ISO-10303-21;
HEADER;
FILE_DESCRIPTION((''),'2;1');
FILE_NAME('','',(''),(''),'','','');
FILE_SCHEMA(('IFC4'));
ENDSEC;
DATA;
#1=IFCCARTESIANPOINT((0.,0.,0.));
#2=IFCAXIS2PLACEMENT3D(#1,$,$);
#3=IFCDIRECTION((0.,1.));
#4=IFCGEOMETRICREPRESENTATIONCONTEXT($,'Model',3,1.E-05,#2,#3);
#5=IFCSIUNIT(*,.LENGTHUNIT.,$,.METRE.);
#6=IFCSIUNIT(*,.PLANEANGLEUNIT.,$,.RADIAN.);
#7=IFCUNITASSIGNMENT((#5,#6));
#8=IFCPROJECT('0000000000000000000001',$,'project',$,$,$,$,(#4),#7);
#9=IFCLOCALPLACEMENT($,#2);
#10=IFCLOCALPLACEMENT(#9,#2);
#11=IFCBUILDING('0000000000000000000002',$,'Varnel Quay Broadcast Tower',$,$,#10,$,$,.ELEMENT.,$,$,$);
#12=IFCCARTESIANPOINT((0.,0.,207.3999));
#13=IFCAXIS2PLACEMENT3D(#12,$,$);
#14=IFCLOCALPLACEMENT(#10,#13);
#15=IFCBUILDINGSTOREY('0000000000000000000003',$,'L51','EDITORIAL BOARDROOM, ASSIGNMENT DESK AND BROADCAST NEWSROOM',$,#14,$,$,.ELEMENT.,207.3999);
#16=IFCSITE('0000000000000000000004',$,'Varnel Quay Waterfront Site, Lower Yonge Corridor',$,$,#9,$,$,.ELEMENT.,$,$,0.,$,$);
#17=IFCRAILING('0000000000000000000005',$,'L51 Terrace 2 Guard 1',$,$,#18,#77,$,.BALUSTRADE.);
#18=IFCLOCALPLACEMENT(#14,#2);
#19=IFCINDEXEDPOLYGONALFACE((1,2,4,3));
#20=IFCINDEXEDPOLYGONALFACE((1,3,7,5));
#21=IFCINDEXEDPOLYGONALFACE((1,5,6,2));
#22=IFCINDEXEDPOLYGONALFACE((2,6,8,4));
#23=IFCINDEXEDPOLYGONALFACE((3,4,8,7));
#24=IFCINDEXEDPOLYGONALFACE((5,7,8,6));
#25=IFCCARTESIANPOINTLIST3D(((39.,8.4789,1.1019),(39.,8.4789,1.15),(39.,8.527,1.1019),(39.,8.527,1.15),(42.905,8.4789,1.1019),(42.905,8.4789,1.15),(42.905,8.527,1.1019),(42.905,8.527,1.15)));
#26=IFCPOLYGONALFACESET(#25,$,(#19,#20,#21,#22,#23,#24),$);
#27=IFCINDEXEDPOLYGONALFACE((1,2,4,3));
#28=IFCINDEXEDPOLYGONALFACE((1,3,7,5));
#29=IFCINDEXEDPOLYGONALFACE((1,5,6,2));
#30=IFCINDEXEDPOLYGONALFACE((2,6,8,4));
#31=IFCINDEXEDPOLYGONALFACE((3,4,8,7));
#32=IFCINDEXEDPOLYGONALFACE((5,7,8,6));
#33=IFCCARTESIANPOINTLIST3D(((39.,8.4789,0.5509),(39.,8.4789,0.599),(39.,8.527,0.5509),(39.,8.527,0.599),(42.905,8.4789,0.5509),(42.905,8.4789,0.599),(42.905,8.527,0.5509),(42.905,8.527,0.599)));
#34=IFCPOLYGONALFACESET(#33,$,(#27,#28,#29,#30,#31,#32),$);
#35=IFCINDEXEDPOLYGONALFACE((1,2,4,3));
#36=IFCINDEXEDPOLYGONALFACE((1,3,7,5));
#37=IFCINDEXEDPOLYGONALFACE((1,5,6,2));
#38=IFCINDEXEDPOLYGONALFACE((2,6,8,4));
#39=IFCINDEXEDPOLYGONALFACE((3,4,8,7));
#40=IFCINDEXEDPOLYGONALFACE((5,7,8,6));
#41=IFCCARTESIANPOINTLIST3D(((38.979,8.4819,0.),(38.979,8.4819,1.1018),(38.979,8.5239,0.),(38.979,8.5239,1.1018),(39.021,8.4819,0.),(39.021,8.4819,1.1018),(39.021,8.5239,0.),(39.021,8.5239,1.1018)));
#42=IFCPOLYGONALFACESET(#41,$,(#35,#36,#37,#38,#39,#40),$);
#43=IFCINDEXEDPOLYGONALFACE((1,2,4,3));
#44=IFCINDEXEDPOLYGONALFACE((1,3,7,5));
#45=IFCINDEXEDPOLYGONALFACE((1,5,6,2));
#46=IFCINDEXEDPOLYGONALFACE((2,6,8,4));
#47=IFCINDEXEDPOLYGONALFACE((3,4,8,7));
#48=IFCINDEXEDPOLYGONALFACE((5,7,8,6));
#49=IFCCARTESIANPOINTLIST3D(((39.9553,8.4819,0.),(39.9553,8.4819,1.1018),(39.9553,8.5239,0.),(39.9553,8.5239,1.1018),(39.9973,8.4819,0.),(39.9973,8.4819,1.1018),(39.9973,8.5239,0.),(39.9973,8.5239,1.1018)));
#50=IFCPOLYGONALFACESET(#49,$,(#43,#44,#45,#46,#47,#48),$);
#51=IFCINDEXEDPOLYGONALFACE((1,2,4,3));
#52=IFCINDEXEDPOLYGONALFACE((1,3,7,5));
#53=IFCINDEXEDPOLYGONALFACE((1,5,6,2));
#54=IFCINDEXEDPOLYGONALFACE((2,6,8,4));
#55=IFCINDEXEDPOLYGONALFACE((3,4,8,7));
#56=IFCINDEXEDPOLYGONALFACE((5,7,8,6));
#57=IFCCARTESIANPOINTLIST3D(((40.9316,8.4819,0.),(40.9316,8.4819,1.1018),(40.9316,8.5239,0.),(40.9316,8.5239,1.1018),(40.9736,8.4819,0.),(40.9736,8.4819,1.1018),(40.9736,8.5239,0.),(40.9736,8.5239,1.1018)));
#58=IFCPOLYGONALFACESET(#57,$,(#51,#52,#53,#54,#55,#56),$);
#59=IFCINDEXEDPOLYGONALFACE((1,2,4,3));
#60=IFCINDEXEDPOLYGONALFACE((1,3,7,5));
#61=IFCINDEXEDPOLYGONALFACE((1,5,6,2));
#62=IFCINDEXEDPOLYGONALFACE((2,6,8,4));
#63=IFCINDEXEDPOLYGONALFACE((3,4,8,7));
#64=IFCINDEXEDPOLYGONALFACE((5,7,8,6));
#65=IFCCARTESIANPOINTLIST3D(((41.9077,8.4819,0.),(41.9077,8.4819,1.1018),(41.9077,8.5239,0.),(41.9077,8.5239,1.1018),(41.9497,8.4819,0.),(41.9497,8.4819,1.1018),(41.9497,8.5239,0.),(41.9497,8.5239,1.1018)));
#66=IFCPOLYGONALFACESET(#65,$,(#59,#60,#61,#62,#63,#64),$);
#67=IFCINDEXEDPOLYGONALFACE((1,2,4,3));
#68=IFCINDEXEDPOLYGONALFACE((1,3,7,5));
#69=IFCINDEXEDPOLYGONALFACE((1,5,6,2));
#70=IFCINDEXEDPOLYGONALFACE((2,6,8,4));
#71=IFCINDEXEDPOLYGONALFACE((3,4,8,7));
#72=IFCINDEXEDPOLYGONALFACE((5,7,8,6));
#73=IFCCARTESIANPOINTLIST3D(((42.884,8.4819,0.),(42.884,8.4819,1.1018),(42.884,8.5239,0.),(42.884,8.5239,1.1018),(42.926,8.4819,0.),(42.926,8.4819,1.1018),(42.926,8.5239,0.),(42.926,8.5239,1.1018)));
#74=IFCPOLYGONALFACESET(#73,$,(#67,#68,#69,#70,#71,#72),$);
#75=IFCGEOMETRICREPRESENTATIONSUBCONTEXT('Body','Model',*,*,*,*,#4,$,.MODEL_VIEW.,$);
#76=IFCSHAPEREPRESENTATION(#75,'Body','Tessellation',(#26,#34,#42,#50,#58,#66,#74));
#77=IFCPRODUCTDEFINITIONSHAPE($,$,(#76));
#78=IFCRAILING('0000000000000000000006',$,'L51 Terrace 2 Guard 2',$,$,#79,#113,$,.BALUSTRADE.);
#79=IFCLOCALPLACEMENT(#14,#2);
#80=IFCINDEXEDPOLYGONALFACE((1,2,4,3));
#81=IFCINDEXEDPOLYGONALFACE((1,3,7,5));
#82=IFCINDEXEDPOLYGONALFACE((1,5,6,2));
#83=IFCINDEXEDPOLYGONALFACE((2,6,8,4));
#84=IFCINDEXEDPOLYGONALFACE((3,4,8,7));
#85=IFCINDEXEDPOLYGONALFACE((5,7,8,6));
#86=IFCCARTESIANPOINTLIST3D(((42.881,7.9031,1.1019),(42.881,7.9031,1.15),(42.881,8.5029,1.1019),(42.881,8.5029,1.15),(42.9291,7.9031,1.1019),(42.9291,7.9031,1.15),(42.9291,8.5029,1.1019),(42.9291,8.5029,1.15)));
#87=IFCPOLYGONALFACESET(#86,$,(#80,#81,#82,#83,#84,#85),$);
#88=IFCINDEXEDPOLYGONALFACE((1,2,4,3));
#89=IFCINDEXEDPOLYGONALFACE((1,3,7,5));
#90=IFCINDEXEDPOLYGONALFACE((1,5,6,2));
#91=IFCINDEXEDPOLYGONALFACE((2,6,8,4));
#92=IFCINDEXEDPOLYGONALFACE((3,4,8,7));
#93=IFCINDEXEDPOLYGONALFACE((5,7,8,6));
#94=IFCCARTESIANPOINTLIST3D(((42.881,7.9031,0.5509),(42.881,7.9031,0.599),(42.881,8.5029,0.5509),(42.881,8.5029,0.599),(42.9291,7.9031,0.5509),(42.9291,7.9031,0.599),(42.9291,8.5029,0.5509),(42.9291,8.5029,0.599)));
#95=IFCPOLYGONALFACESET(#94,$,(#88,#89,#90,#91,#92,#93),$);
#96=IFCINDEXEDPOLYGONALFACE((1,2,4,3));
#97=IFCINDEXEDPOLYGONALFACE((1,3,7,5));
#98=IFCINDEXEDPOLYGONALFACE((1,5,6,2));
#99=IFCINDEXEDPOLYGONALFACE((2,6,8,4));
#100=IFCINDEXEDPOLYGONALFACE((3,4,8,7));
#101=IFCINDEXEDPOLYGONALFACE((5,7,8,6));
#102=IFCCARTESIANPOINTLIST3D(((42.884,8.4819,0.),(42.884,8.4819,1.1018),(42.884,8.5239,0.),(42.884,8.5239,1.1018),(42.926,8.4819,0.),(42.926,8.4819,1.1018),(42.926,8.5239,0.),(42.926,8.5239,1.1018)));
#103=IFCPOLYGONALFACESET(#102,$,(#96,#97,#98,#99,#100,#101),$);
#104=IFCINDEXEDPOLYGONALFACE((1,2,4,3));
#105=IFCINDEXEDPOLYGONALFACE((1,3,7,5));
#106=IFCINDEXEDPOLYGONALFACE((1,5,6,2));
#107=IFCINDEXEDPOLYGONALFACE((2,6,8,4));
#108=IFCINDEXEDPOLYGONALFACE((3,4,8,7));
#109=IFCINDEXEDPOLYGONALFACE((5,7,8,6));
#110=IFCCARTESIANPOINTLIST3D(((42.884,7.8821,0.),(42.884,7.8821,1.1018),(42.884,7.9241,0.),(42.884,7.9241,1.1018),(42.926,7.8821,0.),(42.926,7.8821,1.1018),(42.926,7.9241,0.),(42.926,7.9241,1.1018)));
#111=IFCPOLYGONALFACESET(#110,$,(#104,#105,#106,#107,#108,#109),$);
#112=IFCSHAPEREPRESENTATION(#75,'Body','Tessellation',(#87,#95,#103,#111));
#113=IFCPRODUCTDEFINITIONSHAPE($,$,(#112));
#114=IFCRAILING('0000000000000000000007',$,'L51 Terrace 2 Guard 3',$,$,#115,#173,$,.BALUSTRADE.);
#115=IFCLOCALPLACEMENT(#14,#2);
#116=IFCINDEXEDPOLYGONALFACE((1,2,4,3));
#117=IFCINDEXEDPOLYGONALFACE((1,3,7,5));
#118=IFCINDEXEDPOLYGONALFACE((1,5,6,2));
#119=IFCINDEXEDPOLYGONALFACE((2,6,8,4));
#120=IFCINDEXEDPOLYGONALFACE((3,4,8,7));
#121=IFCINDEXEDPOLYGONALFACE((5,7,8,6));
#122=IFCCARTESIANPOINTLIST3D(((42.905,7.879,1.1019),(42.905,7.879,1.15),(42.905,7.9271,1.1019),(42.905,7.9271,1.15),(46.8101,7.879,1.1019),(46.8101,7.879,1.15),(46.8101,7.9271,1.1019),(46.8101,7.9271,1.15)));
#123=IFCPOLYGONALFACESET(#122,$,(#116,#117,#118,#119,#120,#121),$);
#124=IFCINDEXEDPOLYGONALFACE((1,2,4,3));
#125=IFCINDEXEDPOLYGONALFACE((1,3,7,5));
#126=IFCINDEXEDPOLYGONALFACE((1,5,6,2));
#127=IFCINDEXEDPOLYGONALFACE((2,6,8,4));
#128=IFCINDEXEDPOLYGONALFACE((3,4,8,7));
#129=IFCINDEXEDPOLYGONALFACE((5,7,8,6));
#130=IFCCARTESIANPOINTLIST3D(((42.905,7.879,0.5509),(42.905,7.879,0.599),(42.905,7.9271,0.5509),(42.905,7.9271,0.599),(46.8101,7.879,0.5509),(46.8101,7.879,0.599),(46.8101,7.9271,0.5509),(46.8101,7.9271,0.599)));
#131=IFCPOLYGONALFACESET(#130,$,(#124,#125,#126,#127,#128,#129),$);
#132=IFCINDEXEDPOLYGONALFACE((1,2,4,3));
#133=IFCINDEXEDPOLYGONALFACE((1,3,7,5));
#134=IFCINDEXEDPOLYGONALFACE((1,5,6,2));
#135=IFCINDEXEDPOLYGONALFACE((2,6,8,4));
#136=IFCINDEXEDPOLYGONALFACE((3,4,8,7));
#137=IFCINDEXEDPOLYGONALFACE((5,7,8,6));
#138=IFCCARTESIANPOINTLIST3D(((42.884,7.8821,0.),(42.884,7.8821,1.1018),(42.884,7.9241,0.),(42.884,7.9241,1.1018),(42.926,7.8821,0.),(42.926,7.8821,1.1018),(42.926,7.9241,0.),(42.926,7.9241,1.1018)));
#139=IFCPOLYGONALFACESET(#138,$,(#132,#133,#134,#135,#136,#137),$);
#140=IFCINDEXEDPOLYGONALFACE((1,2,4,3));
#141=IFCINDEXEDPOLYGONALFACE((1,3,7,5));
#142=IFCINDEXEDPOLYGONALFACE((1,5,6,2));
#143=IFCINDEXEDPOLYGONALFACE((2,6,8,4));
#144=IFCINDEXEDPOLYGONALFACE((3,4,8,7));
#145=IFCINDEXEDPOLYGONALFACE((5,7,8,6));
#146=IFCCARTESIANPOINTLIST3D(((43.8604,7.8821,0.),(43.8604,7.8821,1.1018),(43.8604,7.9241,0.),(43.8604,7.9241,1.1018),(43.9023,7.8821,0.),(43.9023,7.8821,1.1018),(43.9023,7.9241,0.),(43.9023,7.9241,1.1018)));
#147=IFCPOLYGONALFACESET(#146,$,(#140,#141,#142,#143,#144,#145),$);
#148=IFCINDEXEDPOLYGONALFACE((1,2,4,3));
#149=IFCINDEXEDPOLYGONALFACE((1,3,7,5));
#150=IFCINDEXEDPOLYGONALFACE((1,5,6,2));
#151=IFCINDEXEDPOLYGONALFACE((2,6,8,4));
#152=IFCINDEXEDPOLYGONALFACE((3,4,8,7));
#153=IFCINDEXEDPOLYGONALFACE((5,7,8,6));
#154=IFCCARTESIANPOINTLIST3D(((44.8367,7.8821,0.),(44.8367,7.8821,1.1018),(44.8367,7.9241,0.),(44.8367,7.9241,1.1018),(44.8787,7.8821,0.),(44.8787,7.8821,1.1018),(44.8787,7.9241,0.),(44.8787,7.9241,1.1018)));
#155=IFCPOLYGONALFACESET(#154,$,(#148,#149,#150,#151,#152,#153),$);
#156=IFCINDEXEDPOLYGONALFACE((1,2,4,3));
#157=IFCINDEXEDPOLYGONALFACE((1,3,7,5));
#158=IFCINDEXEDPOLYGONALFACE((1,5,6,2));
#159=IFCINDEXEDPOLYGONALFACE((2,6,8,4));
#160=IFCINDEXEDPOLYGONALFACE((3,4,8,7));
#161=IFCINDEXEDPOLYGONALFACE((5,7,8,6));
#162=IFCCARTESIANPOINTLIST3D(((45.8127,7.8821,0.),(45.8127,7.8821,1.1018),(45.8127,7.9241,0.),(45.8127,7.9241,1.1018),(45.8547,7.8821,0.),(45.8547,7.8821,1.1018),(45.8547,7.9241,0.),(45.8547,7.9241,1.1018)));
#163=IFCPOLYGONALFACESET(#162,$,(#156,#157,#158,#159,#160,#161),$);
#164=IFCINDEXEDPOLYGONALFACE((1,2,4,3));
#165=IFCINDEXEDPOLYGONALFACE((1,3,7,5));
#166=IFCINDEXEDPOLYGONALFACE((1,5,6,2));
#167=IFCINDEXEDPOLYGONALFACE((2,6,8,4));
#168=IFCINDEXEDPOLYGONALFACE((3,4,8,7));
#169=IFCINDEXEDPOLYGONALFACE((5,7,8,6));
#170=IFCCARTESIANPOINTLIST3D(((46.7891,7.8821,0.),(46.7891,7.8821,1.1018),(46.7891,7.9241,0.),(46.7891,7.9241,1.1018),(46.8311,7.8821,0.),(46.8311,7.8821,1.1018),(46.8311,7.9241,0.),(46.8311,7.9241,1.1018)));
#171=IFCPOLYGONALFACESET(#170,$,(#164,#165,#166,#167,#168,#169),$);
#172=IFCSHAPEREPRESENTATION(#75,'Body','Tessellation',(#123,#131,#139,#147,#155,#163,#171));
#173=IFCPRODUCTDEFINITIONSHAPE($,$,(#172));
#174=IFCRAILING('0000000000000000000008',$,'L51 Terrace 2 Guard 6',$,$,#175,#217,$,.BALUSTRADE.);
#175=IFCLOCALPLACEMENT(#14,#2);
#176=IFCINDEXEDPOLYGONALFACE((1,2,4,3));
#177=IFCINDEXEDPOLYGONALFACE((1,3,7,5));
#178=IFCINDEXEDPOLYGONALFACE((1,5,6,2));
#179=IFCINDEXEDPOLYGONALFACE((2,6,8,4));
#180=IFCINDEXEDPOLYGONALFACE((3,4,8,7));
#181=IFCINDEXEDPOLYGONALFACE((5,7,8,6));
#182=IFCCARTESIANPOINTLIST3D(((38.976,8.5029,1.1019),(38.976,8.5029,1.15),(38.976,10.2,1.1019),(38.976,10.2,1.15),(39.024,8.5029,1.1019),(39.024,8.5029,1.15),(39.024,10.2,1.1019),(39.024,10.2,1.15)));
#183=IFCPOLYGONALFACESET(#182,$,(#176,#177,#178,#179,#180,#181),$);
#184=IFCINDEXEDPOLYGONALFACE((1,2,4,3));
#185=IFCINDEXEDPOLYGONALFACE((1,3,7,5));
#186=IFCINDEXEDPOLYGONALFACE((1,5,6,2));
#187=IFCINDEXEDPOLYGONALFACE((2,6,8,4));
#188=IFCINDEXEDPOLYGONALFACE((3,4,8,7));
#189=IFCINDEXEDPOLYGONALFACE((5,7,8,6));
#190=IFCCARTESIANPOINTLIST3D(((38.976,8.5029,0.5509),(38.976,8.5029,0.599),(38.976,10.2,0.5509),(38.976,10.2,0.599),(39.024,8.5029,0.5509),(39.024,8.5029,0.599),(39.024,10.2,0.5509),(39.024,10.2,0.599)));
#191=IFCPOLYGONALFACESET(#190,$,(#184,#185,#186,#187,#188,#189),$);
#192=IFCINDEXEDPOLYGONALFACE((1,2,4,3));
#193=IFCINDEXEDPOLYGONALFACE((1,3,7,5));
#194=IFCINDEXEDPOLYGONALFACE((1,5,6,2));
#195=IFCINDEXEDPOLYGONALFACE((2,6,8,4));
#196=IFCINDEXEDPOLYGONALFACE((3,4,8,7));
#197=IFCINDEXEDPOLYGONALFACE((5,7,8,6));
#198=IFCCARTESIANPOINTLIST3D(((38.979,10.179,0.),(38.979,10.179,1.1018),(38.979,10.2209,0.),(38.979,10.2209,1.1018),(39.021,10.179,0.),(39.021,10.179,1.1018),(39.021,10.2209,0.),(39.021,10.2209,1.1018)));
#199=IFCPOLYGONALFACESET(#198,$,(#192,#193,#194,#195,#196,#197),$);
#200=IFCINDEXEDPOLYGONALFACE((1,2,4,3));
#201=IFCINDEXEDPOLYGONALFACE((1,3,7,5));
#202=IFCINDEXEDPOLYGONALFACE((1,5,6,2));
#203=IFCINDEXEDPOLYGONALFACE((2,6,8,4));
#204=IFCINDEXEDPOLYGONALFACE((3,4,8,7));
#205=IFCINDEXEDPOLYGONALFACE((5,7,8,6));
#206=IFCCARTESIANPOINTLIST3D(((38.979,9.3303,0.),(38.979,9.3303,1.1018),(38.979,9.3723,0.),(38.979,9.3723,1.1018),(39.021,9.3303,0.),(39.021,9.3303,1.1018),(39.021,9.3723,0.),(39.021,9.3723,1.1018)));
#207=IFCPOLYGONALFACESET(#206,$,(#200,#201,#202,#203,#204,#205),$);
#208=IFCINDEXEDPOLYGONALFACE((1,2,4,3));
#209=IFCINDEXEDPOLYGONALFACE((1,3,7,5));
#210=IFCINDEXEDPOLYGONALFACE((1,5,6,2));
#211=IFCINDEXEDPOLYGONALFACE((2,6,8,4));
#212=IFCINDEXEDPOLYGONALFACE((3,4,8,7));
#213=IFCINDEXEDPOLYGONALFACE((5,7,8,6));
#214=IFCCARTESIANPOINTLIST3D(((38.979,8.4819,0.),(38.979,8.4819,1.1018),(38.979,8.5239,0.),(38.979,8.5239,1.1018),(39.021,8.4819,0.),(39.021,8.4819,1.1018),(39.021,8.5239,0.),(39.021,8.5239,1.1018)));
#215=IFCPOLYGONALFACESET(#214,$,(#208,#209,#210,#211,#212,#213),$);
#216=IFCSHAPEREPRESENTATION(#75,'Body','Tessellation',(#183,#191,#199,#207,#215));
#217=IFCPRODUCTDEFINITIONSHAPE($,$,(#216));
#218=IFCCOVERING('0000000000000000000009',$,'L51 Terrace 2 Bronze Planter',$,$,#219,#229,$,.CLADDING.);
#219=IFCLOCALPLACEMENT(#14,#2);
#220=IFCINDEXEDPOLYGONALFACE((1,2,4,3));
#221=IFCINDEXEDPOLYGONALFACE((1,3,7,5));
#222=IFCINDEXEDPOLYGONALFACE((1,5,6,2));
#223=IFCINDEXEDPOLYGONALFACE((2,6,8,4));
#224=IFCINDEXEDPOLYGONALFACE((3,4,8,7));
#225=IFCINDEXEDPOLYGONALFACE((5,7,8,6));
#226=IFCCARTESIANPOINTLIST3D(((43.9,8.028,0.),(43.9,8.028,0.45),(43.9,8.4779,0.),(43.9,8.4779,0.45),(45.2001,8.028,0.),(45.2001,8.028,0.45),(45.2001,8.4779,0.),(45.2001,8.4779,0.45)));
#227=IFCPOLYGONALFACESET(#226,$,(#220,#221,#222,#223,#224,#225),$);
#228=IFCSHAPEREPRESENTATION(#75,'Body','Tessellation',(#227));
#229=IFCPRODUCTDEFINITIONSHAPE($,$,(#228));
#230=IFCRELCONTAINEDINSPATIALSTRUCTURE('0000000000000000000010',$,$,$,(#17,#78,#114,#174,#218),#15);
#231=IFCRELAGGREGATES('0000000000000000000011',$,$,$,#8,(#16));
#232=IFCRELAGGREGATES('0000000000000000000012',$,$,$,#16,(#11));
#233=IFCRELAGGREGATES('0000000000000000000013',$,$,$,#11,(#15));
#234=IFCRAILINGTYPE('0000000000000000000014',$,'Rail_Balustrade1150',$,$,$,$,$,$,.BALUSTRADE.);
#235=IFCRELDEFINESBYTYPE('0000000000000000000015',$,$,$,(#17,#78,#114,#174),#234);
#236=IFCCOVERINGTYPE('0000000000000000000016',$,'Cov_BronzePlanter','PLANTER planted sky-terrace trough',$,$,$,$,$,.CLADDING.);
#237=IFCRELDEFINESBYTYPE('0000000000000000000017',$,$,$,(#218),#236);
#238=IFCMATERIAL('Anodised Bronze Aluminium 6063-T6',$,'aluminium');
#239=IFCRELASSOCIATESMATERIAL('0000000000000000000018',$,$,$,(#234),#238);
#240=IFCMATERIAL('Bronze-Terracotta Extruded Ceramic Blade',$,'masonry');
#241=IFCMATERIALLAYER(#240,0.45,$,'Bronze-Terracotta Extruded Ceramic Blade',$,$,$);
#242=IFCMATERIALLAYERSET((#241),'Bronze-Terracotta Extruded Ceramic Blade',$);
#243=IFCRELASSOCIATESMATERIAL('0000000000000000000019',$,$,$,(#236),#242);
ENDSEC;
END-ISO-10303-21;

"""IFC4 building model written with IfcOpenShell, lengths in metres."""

from ifc_helpers import new_model, si_unit, direction, frame, origin, origin_2d, place, context, subcontext, project, spatial, rectangle, extrude, source, transform, mapped, material, layer, layer_set, type_object, type_shapes, element, save


model = new_model("IFC4")

# Units and contexts
model_context = context("Model", 3, precision=1e-05, world=origin(), true_north=direction((0.0, 1.0)))
body_context = subcontext(model_context, "Body", "Model", "MODEL_VIEW")
ifc_project = project(units=[si_unit("LENGTHUNIT", "METRE"), si_unit("PLANEANGLEUNIT", "RADIAN")], contexts=[model_context])

# Site, building, storey
site_placement = place(None, origin())
site = spatial("IfcSite", under=ifc_project, at=site_placement, Name="Varnel Quay Waterfront Site, Lower Yonge Corridor", CompositionType="ELEMENT", RefElevation=0.0)
building_placement = place(site_placement, origin())
building = spatial("IfcBuilding", under=site, at=building_placement, Name="Varnel Quay Broadcast Tower", CompositionType="ELEMENT")
storey_placement = place(building_placement, frame((0.0, 0.0, 207.3999)))
storey = spatial("IfcBuildingStorey", under=building, at=storey_placement, Name="L51", Description="EDITORIAL BOARDROOM, ASSIGNMENT DESK AND BROADCAST NEWSROOM", CompositionType="ELEMENT", Elevation=207.3999)

# Shared definitions
ifc_material_1 = material(Name="Anodised Bronze Aluminium 6063-T6", Category="aluminium")

# Railings
railing_type = type_object("IfcRailingType", Name="Rail_Balustrade1150", PredefinedType="BALUSTRADE", material=ifc_material_1)
railing_1_placement = place(storey_placement, frame((39.0, 8.5029, 0.0)))
element("IfcRailing", 1, at=railing_1_placement, inside=storey, type_object=railing_type, Name="L51 Terrace 2 Guard 1", PredefinedType="BALUSTRADE", context=body_context, shape_type="SweptSolid", body=[
    extrude(rectangle(XDim=0.0481, YDim=0.0481, at=origin_2d()), frame((0.0, 0.0, 1.126), z_axis=(1.0, 0.0, 0.0), x_axis=(0.0, 1.0, 0.0)), (0.0, 0.0, 1.0), 3.905),
    extrude(rectangle(XDim=0.0481, YDim=0.0481, at=origin_2d()), frame((0.0, 0.0, 0.575), z_axis=(1.0, 0.0, 0.0), x_axis=(0.0, 1.0, 0.0)), (0.0, 0.0, 1.0), 3.905),
    extrude(rectangle(XDim=0.042, YDim=0.042, at=origin_2d()), origin(), (0.0, 0.0, 1.0), 1.1018),
    extrude(rectangle(XDim=0.042, YDim=0.042, at=origin_2d()), frame((0.9763, 0.0, 0.0)), (0.0, 0.0, 1.0), 1.1018),
    extrude(rectangle(XDim=0.042, YDim=0.042, at=origin_2d()), frame((1.9526, 0.0, 0.0)), (0.0, 0.0, 1.0), 1.1018),
    extrude(rectangle(XDim=0.042, YDim=0.042, at=origin_2d()), frame((2.9287, 0.0, 0.0)), (0.0, 0.0, 1.0), 1.1018),
    extrude(rectangle(XDim=0.042, YDim=0.042, at=origin_2d()), frame((3.905, 0.0, 0.0)), (0.0, 0.0, 1.0), 1.1018),
])
railing_2_placement = place(storey_placement, frame((42.905, 8.5029, 0.0)))
element("IfcRailing", 2, at=railing_2_placement, inside=storey, type_object=railing_type, Name="L51 Terrace 2 Guard 2", PredefinedType="BALUSTRADE", context=body_context, shape_type="SweptSolid", body=[
    extrude(rectangle(XDim=0.0481, YDim=0.0481, at=origin_2d()), frame((0.0, 0.0, 1.126), z_axis=(0.0, -1.0, 0.0), x_axis=(1.0, 0.0, 0.0)), (0.0, 0.0, 1.0), 0.5999),
    extrude(rectangle(XDim=0.0481, YDim=0.0481, at=origin_2d()), frame((0.0, 0.0, 0.575), z_axis=(0.0, -1.0, 0.0), x_axis=(1.0, 0.0, 0.0)), (0.0, 0.0, 1.0), 0.5999),
    extrude(rectangle(XDim=0.042, YDim=0.042, at=origin_2d()), origin(), (0.0, 0.0, 1.0), 1.1018),
    extrude(rectangle(XDim=0.042, YDim=0.042, at=origin_2d()), frame((0.0, -0.5999, 0.0)), (0.0, 0.0, 1.0), 1.1018),
])
railing_3_placement = place(storey_placement, frame((42.905, 7.9031, 0.0)))
element("IfcRailing", 3, at=railing_3_placement, inside=storey, type_object=railing_type, Name="L51 Terrace 2 Guard 3", PredefinedType="BALUSTRADE", context=body_context, shape_type="SweptSolid", body=[
    extrude(rectangle(XDim=0.0481, YDim=0.0481, at=origin_2d()), frame((0.0, 0.0, 1.126), z_axis=(1.0, 0.0, 0.0), x_axis=(0.0, 1.0, 0.0)), (0.0, 0.0, 1.0), 3.905),
    extrude(rectangle(XDim=0.0481, YDim=0.0481, at=origin_2d()), frame((0.0, 0.0, 0.575), z_axis=(1.0, 0.0, 0.0), x_axis=(0.0, 1.0, 0.0)), (0.0, 0.0, 1.0), 3.905),
    extrude(rectangle(XDim=0.042, YDim=0.042, at=origin_2d()), origin(), (0.0, 0.0, 1.0), 1.1018),
    extrude(rectangle(XDim=0.042, YDim=0.042, at=origin_2d()), frame((0.9763, 0.0, 0.0)), (0.0, 0.0, 1.0), 1.1018),
    extrude(rectangle(XDim=0.042, YDim=0.042, at=origin_2d()), frame((1.9526, 0.0, 0.0)), (0.0, 0.0, 1.0), 1.1018),
    extrude(rectangle(XDim=0.042, YDim=0.042, at=origin_2d()), frame((2.9287, 0.0, 0.0)), (0.0, 0.0, 1.0), 1.1018),
    extrude(rectangle(XDim=0.042, YDim=0.042, at=origin_2d()), frame((3.905, 0.0, 0.0)), (0.0, 0.0, 1.0), 1.1018),
])
railing_4_placement = place(storey_placement, frame((39.0, 10.2, 0.0)))
element("IfcRailing", 4, at=railing_4_placement, inside=storey, type_object=railing_type, Name="L51 Terrace 2 Guard 6", PredefinedType="BALUSTRADE", context=body_context, shape_type="SweptSolid", body=[
    extrude(rectangle(XDim=0.0481, YDim=0.0481, at=origin_2d()), frame((0.0, 0.0, 1.126), z_axis=(0.0, -1.0, 0.0), x_axis=(1.0, 0.0, 0.0)), (0.0, 0.0, 1.0), 1.697),
    extrude(rectangle(XDim=0.0481, YDim=0.0481, at=origin_2d()), frame((0.0, 0.0, 0.575), z_axis=(0.0, -1.0, 0.0), x_axis=(1.0, 0.0, 0.0)), (0.0, 0.0, 1.0), 1.697),
    extrude(rectangle(XDim=0.042, YDim=0.042, at=origin_2d()), origin(), (0.0, 0.0, 1.0), 1.1018),
    extrude(rectangle(XDim=0.042, YDim=0.042, at=origin_2d()), frame((0.0, -0.8486, 0.0)), (0.0, 0.0, 1.0), 1.1018),
    extrude(rectangle(XDim=0.042, YDim=0.042, at=origin_2d()), frame((0.0, -1.697, 0.0)), (0.0, 0.0, 1.0), 1.1018),
])

# Covering
ifc_material_2 = material(Name="Bronze-Terracotta Extruded Ceramic Blade", Category="masonry")
ifc_layer_1 = layer(ifc_material_2, 0.45, Name="Bronze-Terracotta Extruded Ceramic Blade")
ifc_layer_set_1 = layer_set([ifc_layer_1], Name="Bronze-Terracotta Extruded Ceramic Blade")
covering_type = type_object("IfcCoveringType", Name="Cov_BronzePlanter", Description="PLANTER planted sky-terrace trough", PredefinedType="CLADDING", material=ifc_layer_set_1)
shared_shape_1 = source(origin(), body_context, "Body", "SweptSolid", [
    extrude(rectangle(XDim=1.3, YDim=0.45, at=origin_2d()), origin(), (0.0, 0.0, 1.0), 0.45),
])
type_shapes(covering_type, [shared_shape_1])
covering_placement = place(storey_placement, frame((44.55, 8.2529, 0.0), z_axis=(0.0, 0.0, 1.0), x_axis=(1.0, 0.0, 0.0)))
element("IfcCovering", 5, at=covering_placement, inside=storey, type_object=covering_type, Name="L51 Terrace 2 Bronze Planter", PredefinedType="CLADDING", context=body_context, shape_type="MappedRepresentation", body=[
    mapped(shared_shape_1, transform((0.0, 0.0, 0.0), x_axis=(1.0, 0.0, 0.0), y_axis=(0.0, 1.0, 0.0), z_axis=(0.0, 0.0, 1.0), scale=1.0)),
])

save(model, "model.ifc")
